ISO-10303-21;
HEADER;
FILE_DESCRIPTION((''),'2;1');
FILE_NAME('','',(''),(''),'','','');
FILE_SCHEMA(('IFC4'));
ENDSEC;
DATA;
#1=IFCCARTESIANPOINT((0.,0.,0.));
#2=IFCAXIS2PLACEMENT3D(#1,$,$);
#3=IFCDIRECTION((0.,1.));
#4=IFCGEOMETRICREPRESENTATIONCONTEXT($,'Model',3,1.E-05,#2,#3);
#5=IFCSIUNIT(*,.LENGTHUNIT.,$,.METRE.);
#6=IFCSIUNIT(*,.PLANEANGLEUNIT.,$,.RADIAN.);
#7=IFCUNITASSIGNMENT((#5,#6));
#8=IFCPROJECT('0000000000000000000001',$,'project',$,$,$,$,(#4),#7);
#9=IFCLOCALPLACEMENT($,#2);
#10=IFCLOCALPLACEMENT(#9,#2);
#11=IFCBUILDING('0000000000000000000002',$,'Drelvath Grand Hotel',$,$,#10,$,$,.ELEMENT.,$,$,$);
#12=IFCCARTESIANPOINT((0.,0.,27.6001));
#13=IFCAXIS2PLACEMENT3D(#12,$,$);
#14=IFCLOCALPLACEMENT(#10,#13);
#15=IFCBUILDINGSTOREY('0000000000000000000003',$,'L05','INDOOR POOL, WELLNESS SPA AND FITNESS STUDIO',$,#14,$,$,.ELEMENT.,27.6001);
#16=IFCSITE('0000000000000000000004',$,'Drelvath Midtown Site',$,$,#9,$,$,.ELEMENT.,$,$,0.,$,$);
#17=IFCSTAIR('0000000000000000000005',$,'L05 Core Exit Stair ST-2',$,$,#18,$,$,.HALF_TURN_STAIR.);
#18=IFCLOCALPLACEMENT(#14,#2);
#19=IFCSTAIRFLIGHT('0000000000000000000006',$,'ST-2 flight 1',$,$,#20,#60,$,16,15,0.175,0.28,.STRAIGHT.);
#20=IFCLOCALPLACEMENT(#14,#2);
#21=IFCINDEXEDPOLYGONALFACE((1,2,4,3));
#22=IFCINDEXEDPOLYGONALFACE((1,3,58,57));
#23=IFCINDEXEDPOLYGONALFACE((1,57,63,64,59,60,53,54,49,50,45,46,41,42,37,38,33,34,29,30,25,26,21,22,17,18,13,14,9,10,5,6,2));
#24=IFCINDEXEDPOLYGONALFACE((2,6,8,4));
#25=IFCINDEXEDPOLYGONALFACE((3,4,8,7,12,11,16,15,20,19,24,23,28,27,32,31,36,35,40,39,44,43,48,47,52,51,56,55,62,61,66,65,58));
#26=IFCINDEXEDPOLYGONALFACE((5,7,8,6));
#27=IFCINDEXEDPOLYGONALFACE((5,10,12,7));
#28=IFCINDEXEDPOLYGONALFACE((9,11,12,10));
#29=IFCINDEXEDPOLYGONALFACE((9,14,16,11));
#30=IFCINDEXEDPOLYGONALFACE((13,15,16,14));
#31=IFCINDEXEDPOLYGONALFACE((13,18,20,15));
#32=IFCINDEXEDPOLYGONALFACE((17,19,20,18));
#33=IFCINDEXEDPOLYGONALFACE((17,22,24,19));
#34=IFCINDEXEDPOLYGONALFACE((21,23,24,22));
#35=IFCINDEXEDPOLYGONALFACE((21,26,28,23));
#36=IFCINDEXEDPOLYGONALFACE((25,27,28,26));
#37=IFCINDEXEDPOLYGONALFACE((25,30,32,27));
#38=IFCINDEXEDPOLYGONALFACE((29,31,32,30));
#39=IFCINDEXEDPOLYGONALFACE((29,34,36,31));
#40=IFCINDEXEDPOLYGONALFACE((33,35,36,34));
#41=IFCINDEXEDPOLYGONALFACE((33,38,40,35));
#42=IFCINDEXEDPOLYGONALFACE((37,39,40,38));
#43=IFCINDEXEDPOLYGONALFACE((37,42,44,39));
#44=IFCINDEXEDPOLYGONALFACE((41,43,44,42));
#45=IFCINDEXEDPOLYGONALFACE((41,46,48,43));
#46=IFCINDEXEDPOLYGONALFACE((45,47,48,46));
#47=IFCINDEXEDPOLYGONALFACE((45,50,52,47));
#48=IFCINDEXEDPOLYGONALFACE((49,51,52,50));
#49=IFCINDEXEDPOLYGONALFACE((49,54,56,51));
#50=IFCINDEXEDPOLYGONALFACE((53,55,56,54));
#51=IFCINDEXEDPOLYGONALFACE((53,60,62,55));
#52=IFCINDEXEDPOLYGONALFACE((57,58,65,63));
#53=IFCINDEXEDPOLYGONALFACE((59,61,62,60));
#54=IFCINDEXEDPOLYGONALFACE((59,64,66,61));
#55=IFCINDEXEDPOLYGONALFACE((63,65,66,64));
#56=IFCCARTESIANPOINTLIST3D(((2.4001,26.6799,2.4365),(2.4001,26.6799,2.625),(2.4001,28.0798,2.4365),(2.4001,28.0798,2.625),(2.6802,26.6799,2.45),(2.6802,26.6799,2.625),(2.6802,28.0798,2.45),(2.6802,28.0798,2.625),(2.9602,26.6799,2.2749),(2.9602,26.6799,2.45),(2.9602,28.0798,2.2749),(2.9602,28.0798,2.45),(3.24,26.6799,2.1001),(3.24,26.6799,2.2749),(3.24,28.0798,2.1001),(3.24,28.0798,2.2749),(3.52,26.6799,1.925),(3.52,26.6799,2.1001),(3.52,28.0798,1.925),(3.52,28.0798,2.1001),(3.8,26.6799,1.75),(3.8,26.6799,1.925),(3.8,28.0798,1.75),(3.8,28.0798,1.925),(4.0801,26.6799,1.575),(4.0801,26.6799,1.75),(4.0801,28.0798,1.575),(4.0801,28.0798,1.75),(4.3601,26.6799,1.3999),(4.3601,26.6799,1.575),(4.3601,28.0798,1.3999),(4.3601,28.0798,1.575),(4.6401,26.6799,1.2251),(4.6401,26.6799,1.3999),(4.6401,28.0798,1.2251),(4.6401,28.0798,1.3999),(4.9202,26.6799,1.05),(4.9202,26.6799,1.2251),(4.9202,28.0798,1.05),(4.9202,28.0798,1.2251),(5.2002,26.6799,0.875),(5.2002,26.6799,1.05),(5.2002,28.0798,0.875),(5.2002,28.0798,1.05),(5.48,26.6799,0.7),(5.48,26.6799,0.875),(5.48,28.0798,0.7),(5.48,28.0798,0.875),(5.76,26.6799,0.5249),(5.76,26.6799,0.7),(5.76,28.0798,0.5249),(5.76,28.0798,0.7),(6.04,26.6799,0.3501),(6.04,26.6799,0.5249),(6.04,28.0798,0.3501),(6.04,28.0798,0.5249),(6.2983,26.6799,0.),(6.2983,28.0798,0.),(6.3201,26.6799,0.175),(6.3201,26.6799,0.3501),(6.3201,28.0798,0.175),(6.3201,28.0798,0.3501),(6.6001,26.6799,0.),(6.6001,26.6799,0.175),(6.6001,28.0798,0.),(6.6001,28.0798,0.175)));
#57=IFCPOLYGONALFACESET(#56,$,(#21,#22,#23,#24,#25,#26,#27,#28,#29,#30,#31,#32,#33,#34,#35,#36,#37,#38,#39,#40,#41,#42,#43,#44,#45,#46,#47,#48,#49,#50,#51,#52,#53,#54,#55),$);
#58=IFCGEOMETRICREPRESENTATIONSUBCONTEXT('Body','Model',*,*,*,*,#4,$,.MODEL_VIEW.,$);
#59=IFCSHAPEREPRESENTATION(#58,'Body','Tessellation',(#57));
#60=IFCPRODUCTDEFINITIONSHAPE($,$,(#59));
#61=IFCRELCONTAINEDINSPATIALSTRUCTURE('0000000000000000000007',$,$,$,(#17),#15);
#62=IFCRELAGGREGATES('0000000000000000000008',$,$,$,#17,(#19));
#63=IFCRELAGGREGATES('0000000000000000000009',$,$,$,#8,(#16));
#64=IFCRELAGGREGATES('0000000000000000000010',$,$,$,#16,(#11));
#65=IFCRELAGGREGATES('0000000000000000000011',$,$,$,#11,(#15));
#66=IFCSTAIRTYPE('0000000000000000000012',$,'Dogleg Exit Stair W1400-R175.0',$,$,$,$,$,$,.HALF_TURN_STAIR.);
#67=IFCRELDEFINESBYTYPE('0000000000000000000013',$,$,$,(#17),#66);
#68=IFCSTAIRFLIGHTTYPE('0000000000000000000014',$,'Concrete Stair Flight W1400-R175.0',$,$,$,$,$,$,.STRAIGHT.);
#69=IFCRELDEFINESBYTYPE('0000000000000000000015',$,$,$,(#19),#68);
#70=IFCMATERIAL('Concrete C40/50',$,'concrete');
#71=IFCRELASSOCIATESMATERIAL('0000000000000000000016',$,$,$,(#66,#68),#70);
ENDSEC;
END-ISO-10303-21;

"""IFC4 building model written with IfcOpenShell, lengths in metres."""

from ifc_helpers import new_model, si_unit, direction, frame, origin, place, context, subcontext, project, spatial, polyline, outline, extrude, material, type_object, element, aggregate, save


model = new_model("IFC4")

# Units and contexts
model_context = context("Model", 3, precision=1e-05, world=origin(), true_north=direction((0.0, 1.0)))
body_context = subcontext(model_context, "Body", "Model", "MODEL_VIEW")
ifc_project = project(units=[si_unit("LENGTHUNIT", "METRE"), si_unit("PLANEANGLEUNIT", "RADIAN")], contexts=[model_context])

# Site, building, storey
site_placement = place(None, origin())
site = spatial("IfcSite", under=ifc_project, at=site_placement, Name="Drelvath Midtown Site", CompositionType="ELEMENT", RefElevation=0.0)
building_placement = place(site_placement, origin())
building = spatial("IfcBuilding", under=site, at=building_placement, Name="Drelvath Grand Hotel", CompositionType="ELEMENT")
storey_placement = place(building_placement, frame((0.0, 0.0, 27.6001)))
storey = spatial("IfcBuildingStorey", under=building, at=storey_placement, Name="L05", Description="INDOOR POOL, WELLNESS SPA AND FITNESS STUDIO", CompositionType="ELEMENT", Elevation=27.6001)

# Shared definitions
ifc_material_1 = material(Name="Concrete C40/50", Category="concrete")

# Stair, stair flight
stair_type = type_object("IfcStairType", Name="Dogleg Exit Stair W1400-R175.0", PredefinedType="HALF_TURN_STAIR", material=ifc_material_1)
stair_placement = place(storey_placement, origin())
stair = element("IfcStair", 1, at=stair_placement, inside=storey, type_object=stair_type, Name="L05 Core Exit Stair ST-2", PredefinedType="HALF_TURN_STAIR")
stair_flight_type = type_object("IfcStairFlightType", Name="Concrete Stair Flight W1400-R175.0", PredefinedType="STRAIGHT", material=ifc_material_1)
stair_flight_placement = place(storey_placement, frame((6.6001, 27.3799, 0.0), z_axis=(0.0, 0.0, 1.0), x_axis=(-1.0, 0.0, 0.0)))
stair_flight = element("IfcStairFlight", 2, at=stair_flight_placement, type_object=stair_flight_type, Name="ST-2 flight 1", NumberOfRisers=16, NumberOfTreads=15, PredefinedType="STRAIGHT", RiserHeight=0.175, TreadLength=0.28, context=body_context, shape_type="SweptSolid", body=[
    extrude(outline(polyline([(0.0, 0.0), (0.0, 0.175), (0.28, 0.175), (0.28, 0.3501), (0.5601, 0.3501), (0.5601, 0.5249), (0.8401, 0.5249), (0.8401, 0.7), (1.1201, 0.7), (1.1201, 0.875), (1.3999, 0.875), (1.3999, 1.05), (1.6799, 1.05), (1.6799, 1.2251), (1.96, 1.2251), (1.96, 1.3999), (2.24, 1.3999), (2.24, 1.575), (2.52, 1.575), (2.52, 1.75), (2.8, 1.75), (2.8, 1.925), (3.0801, 1.925), (3.0801, 2.1001), (3.3601, 2.1001), (3.3601, 2.2749), (3.6399, 2.2749), (3.6399, 2.45), (3.9199, 2.45), (3.9199, 2.625), (4.2, 2.625), (4.2, 2.8), (4.2, 2.4365), (0.3018, 0.0), (0.0, 0.0)])), frame((0.0, 0.7, 0.0), z_axis=(0.0, -1.0, 0.0), x_axis=(1.0, 0.0, 0.0)), (0.0, 0.0, 1.0), 1.3999),
])
aggregate(stair, [stair_flight])

save(model, "model.ifc")
